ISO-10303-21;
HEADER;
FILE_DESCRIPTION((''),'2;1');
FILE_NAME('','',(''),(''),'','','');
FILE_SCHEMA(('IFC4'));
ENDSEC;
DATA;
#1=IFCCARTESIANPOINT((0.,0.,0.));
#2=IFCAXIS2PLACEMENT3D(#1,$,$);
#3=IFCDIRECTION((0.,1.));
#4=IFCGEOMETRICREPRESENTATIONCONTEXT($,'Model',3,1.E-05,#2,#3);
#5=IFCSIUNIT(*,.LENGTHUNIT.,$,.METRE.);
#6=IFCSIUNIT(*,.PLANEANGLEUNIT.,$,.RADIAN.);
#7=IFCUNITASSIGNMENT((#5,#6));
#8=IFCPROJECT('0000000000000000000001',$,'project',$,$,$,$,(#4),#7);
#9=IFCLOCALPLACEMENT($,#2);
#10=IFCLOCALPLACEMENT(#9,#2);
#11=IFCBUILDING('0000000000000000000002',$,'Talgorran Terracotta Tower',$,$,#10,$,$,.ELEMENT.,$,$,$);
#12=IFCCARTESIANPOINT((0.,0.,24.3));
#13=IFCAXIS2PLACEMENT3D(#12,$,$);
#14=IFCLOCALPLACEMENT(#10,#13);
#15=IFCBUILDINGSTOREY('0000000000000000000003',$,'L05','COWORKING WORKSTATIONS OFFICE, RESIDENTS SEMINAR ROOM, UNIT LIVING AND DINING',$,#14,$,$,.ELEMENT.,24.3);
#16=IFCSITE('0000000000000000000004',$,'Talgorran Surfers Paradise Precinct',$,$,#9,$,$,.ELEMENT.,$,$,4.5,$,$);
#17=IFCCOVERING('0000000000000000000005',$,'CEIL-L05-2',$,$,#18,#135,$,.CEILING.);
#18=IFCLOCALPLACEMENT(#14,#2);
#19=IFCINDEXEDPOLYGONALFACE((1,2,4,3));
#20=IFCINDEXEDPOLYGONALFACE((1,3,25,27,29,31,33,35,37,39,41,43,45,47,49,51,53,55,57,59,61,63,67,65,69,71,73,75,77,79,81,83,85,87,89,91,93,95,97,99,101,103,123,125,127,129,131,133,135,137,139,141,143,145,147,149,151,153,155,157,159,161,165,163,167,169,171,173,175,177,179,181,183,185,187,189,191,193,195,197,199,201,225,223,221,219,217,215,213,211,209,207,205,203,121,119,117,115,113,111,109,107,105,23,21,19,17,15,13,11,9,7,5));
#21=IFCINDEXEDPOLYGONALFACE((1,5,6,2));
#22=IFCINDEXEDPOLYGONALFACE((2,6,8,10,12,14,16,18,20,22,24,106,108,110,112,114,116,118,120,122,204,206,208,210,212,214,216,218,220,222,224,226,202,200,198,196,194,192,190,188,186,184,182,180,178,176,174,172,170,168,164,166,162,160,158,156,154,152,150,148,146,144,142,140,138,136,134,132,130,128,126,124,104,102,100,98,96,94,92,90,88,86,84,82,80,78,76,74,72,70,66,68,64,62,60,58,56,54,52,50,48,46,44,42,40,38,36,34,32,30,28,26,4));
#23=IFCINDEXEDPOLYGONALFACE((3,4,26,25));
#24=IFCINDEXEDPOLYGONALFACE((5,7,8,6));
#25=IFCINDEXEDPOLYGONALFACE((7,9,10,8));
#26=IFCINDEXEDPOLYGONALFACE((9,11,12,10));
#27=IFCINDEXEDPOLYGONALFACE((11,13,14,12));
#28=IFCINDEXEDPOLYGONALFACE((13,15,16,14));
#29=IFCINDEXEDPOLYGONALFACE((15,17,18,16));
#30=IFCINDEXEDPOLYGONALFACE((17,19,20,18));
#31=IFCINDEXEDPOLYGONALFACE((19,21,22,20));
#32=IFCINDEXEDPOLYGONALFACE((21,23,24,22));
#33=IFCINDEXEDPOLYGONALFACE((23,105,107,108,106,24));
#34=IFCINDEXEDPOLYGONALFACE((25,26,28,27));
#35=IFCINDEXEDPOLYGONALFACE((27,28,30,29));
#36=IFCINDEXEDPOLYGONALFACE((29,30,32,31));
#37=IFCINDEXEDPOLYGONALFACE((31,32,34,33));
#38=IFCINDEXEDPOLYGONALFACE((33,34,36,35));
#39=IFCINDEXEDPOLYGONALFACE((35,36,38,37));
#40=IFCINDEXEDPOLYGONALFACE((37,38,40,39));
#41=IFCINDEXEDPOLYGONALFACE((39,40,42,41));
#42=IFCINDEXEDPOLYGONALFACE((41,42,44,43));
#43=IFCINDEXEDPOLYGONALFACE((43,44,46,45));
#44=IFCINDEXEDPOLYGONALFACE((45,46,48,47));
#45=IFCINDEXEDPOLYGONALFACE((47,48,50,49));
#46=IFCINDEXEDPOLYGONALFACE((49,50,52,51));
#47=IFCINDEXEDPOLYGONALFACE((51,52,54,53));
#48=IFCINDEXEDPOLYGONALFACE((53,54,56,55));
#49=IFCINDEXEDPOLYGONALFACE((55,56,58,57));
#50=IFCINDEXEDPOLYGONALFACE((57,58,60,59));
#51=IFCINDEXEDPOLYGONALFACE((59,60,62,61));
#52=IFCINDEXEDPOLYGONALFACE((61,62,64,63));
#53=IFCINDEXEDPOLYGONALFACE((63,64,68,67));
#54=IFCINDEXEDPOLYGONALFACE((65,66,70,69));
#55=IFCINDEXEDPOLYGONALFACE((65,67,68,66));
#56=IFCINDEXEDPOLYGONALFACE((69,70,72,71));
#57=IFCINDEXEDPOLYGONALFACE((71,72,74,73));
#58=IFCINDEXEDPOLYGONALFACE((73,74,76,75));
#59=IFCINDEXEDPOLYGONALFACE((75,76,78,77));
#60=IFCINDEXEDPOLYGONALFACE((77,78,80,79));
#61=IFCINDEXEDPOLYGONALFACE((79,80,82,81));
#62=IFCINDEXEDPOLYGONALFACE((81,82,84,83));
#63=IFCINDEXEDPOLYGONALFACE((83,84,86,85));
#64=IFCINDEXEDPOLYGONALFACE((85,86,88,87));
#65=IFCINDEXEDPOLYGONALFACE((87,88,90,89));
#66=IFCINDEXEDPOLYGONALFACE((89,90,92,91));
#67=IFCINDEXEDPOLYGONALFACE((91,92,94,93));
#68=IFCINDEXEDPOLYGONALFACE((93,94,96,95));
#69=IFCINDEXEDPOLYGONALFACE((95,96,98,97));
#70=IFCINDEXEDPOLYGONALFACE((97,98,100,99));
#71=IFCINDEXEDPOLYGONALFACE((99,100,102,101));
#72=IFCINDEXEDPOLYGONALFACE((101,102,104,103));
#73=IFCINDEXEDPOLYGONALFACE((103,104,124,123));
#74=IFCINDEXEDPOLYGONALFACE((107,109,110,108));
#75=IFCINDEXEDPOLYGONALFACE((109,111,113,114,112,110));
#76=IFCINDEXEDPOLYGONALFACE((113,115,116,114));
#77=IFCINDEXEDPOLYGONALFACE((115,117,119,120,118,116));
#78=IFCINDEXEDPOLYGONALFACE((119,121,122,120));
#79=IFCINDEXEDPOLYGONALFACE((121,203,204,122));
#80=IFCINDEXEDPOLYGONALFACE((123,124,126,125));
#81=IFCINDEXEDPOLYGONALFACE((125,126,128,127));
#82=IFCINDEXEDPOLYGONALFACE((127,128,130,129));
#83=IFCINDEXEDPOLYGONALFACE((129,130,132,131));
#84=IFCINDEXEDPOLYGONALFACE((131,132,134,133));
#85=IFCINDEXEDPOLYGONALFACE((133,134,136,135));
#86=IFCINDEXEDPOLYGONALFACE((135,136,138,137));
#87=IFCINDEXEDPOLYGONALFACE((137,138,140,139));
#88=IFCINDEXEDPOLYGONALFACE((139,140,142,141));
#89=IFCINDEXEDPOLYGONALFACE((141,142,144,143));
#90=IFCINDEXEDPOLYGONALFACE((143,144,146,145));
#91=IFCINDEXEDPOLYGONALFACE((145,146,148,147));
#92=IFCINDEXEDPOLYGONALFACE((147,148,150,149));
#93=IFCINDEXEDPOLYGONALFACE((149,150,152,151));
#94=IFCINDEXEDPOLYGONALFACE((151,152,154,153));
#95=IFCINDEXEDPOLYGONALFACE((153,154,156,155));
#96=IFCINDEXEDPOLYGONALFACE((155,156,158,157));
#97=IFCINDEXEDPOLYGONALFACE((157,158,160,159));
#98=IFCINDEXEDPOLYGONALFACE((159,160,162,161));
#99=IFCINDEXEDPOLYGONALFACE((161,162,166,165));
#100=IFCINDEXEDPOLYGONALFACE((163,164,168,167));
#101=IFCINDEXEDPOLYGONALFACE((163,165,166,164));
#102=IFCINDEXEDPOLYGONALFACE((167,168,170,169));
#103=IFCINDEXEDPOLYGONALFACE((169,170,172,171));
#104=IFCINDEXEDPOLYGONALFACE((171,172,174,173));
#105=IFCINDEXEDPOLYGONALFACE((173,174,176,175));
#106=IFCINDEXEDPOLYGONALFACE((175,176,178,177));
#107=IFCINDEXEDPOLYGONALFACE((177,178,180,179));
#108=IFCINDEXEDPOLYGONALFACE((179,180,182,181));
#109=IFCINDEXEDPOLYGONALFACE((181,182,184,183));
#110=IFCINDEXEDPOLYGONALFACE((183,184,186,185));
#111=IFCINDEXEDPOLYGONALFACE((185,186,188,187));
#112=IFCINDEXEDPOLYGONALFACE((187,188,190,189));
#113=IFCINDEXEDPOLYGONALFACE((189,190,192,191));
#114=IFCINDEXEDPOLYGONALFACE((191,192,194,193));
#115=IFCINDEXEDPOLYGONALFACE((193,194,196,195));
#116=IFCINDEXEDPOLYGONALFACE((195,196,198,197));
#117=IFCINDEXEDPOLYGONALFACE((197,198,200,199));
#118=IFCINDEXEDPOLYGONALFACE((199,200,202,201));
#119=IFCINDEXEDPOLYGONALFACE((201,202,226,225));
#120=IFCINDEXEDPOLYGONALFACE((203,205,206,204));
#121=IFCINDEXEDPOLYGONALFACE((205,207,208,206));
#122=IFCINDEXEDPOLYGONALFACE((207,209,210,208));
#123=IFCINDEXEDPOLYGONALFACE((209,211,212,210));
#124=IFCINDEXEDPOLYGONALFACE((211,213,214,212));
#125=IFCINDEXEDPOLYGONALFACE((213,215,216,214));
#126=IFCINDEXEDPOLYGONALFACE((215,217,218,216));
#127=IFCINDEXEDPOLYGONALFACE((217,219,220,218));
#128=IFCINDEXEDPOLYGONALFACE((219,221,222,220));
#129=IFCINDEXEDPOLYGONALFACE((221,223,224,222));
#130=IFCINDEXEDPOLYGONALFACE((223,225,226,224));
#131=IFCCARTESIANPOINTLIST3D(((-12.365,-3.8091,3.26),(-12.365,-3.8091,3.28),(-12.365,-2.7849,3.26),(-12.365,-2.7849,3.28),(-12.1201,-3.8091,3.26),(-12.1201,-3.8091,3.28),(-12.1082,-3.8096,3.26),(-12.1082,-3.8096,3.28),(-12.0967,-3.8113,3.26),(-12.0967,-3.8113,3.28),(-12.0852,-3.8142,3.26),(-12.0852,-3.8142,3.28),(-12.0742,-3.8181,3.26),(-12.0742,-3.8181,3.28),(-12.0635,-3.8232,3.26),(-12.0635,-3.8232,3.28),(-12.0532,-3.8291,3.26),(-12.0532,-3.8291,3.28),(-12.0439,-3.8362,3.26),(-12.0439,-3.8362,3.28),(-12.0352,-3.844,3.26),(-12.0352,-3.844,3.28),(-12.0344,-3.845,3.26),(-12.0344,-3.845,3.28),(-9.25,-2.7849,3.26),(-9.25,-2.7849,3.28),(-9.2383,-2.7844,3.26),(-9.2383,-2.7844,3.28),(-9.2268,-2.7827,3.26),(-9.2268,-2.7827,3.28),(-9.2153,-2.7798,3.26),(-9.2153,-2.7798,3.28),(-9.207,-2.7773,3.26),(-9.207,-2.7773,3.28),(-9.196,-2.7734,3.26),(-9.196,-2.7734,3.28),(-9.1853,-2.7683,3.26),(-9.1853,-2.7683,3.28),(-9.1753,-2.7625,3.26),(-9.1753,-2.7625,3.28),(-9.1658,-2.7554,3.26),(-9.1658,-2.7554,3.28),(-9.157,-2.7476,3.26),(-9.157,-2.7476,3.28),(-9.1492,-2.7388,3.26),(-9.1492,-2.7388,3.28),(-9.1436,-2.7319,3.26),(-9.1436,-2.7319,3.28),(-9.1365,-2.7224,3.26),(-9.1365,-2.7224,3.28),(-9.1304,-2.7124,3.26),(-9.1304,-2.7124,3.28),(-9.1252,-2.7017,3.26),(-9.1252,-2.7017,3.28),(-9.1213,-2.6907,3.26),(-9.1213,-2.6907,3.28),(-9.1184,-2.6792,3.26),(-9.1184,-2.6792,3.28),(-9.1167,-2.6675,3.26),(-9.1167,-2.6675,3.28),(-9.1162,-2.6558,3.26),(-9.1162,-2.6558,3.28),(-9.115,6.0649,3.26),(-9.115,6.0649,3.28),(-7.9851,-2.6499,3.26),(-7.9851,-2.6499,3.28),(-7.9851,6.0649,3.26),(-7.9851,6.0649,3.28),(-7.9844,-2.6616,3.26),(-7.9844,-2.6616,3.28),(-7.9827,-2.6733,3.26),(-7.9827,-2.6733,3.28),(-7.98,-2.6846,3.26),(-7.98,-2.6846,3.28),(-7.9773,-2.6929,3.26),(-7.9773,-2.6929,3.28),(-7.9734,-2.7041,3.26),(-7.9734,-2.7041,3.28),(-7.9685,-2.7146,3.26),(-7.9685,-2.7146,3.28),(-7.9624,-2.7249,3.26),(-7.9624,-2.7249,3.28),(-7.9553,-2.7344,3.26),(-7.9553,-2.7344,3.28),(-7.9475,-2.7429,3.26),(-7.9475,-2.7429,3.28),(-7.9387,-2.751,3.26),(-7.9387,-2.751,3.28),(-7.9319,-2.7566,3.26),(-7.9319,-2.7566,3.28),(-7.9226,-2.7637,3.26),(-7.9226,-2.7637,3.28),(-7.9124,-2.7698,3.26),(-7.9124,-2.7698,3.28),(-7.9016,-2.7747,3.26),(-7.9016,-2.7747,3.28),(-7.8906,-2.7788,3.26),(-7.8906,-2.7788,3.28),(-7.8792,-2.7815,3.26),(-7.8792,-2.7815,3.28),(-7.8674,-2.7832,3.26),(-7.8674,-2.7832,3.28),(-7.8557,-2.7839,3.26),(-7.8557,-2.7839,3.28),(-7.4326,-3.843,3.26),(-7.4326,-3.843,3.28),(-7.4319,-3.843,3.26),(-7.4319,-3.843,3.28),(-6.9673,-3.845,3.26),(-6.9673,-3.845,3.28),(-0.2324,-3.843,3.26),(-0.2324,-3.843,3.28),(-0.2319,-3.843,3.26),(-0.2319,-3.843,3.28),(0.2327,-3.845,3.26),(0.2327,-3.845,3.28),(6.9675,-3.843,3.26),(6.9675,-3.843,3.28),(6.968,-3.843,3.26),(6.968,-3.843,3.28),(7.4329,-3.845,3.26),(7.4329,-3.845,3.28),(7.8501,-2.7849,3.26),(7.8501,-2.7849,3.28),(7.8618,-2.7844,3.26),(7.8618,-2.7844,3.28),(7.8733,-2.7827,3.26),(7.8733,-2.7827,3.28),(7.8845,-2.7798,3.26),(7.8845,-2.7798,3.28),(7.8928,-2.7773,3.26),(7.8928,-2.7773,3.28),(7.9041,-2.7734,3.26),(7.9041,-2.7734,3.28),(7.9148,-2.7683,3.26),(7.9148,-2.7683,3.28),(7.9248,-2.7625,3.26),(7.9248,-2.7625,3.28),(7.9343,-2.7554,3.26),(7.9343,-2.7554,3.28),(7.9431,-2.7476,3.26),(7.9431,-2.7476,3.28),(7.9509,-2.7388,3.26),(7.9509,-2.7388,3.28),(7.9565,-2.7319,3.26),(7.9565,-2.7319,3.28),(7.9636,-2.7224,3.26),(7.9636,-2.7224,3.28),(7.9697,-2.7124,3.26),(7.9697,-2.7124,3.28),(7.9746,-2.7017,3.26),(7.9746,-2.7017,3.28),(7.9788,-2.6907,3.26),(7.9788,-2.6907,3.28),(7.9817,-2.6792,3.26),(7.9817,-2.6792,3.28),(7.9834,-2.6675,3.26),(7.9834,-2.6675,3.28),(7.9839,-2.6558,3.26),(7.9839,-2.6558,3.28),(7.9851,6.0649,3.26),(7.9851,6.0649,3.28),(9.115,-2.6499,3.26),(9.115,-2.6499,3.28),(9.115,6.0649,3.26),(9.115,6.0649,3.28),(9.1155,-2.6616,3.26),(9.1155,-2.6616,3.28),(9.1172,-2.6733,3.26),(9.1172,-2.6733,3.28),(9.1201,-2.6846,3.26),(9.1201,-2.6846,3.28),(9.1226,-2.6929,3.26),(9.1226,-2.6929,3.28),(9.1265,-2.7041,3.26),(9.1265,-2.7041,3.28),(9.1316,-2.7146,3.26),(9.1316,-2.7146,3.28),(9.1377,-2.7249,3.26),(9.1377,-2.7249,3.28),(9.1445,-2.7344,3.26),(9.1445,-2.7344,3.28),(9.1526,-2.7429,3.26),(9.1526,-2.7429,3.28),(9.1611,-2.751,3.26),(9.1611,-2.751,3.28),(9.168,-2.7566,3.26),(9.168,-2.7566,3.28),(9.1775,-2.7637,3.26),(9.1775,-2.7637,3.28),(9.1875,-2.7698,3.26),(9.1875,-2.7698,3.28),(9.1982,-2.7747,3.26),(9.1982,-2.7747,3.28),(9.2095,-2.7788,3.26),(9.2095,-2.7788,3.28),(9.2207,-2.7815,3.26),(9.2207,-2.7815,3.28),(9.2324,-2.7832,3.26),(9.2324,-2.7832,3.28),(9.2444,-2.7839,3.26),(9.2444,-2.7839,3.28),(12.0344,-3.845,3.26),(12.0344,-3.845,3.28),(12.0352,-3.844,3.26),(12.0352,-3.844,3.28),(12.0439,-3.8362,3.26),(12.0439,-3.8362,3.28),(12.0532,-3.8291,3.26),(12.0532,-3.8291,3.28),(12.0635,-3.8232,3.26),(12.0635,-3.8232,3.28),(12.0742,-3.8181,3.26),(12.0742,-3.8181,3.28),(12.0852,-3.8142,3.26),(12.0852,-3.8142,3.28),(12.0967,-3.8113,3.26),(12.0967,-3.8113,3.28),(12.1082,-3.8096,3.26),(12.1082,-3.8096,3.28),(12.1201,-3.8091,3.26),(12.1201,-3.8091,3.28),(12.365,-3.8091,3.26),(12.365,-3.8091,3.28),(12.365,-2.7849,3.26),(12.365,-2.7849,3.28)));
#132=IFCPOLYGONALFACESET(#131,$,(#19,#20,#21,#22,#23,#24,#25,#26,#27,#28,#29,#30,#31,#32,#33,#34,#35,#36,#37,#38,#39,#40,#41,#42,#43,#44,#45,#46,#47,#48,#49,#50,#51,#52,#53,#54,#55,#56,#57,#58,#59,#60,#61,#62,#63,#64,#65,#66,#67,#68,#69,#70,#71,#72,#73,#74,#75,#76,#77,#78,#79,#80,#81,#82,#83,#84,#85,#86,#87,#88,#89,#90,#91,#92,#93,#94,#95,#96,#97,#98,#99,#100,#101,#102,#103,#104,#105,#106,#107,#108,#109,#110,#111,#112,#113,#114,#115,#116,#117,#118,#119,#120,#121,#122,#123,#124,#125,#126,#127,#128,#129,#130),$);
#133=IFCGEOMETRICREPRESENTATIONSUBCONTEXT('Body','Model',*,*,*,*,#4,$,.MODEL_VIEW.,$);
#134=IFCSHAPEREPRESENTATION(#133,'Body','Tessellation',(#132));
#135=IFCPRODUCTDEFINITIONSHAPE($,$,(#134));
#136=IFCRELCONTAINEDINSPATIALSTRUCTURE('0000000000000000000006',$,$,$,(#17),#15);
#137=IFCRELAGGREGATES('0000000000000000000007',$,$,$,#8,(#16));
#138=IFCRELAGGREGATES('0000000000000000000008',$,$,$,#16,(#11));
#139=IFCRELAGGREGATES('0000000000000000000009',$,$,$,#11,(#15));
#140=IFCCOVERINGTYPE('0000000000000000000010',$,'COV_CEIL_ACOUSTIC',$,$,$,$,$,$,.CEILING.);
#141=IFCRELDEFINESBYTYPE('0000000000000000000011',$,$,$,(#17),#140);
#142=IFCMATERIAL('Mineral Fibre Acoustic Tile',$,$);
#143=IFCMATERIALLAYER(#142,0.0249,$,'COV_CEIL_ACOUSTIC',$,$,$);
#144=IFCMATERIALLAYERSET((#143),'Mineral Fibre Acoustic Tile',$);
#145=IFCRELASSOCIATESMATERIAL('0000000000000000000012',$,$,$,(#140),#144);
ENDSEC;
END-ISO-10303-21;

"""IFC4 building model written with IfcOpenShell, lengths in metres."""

from ifc_helpers import new_model, si_unit, direction, frame, origin, place, context, subcontext, project, spatial, polyline, outline, extrude, material, layer, layer_set, type_object, element, save


model = new_model("IFC4")

# Units and contexts
model_context = context("Model", 3, precision=1e-05, world=origin(), true_north=direction((0.0, 1.0)))
body_context = subcontext(model_context, "Body", "Model", "MODEL_VIEW")
ifc_project = project(units=[si_unit("LENGTHUNIT", "METRE"), si_unit("PLANEANGLEUNIT", "RADIAN")], contexts=[model_context])

# Site, building, storey
site_placement = place(None, origin())
site = spatial("IfcSite", under=ifc_project, at=site_placement, Name="Talgorran Surfers Paradise Precinct", CompositionType="ELEMENT", RefElevation=4.5)
building_placement = place(site_placement, origin())
building = spatial("IfcBuilding", under=site, at=building_placement, Name="Talgorran Terracotta Tower", CompositionType="ELEMENT")
storey_placement = place(building_placement, frame((0.0, 0.0, 24.3)))
storey = spatial("IfcBuildingStorey", under=building, at=storey_placement, Name="L05", Description="COWORKING WORKSTATIONS OFFICE, RESIDENTS SEMINAR ROOM, UNIT LIVING AND DINING", CompositionType="ELEMENT", Elevation=24.3)

# Covering
ifc_material_1 = material(Name="Mineral Fibre Acoustic Tile")
ifc_layer_1 = layer(ifc_material_1, 0.0249, Name="COV_CEIL_ACOUSTIC")
ifc_layer_set_1 = layer_set([ifc_layer_1], Name="Mineral Fibre Acoustic Tile")
covering_type_1 = type_object("IfcCoveringType", Name="COV_CEIL_ACOUSTIC", PredefinedType="CEILING", material=ifc_layer_set_1)
covering_1_placement = place(storey_placement, frame((0.0, 0.0, 3.26)))
element("IfcCovering", 1, at=covering_1_placement, inside=storey, type_object=covering_type_1, Name="CEIL-L05-2", PredefinedType="CEILING", context=body_context, shape_type="SweptSolid", body=[
    extrude(outline(polyline([(-12.365, -2.7849), (-9.25, -2.7849), (-9.2383, -2.7844), (-9.2268, -2.7827), (-9.2153, -2.7798), (-9.207, -2.7773), (-9.196, -2.7734), (-9.1853, -2.7683), (-9.1753, -2.7625), (-9.1658, -2.7554), (-9.157, -2.7476), (-9.1492, -2.7388), (-9.1436, -2.7319), (-9.1365, -2.7224), (-9.1304, -2.7124), (-9.1252, -2.7017), (-9.1213, -2.6907), (-9.1184, -2.6792), (-9.1167, -2.6675), (-9.1162, -2.6558), (-9.115, 6.0649), (-7.9851, 6.0649), (-7.9851, -2.6499), (-7.9844, -2.6616), (-7.9827, -2.6733), (-7.98, -2.6846), (-7.9773, -2.6929), (-7.9734, -2.7041), (-7.9685, -2.7146), (-7.9624, -2.7249), (-7.9553, -2.7344), (-7.9475, -2.7429), (-7.9387, -2.751), (-7.9319, -2.7566), (-7.9226, -2.7637), (-7.9124, -2.7698), (-7.9016, -2.7747), (-7.8906, -2.7788), (-7.8792, -2.7815), (-7.8674, -2.7832), (-7.8557, -2.7839), (7.8501, -2.7849), (7.8618, -2.7844), (7.8733, -2.7827), (7.8845, -2.7798), (7.8928, -2.7773), (7.9041, -2.7734), (7.9148, -2.7683), (7.9248, -2.7625), (7.9343, -2.7554), (7.9431, -2.7476), (7.9509, -2.7388), (7.9565, -2.7319), (7.9636, -2.7224), (7.9697, -2.7124), (7.9746, -2.7017), (7.9788, -2.6907), (7.9817, -2.6792), (7.9834, -2.6675), (7.9839, -2.6558), (7.9851, 6.0649), (9.115, 6.0649), (9.115, -2.6499), (9.1155, -2.6616), (9.1172, -2.6733), (9.1201, -2.6846), (9.1226, -2.6929), (9.1265, -2.7041), (9.1316, -2.7146), (9.1377, -2.7249), (9.1445, -2.7344), (9.1526, -2.7429), (9.1611, -2.751), (9.168, -2.7566), (9.1775, -2.7637), (9.1875, -2.7698), (9.1982, -2.7747), (9.2095, -2.7788), (9.2207, -2.7815), (9.2324, -2.7832), (9.2444, -2.7839), (12.365, -2.7849), (12.365, -3.8091), (12.1201, -3.8091), (12.1082, -3.8096), (12.0967, -3.8113), (12.0852, -3.8142), (12.0742, -3.8181), (12.0635, -3.8232), (12.0532, -3.8291), (12.0439, -3.8362), (12.0352, -3.844), (12.0344, -3.845), (7.4329, -3.845), (6.968, -3.843), (6.9675, -3.843), (0.2327, -3.845), (-0.2319, -3.843), (-0.2324, -3.843), (-6.9673, -3.845), (-7.4319, -3.843), (-7.4326, -3.843), (-12.0344, -3.845), (-12.0352, -3.844), (-12.0439, -3.8362), (-12.0532, -3.8291), (-12.0635, -3.8232), (-12.0742, -3.8181), (-12.0852, -3.8142), (-12.0967, -3.8113), (-12.1082, -3.8096), (-12.1201, -3.8091), (-12.365, -3.8091), (-12.365, -2.7849)])), origin(), (0.0, 0.0, 1.0), 0.02),
])

save(model, "model.ifc")
